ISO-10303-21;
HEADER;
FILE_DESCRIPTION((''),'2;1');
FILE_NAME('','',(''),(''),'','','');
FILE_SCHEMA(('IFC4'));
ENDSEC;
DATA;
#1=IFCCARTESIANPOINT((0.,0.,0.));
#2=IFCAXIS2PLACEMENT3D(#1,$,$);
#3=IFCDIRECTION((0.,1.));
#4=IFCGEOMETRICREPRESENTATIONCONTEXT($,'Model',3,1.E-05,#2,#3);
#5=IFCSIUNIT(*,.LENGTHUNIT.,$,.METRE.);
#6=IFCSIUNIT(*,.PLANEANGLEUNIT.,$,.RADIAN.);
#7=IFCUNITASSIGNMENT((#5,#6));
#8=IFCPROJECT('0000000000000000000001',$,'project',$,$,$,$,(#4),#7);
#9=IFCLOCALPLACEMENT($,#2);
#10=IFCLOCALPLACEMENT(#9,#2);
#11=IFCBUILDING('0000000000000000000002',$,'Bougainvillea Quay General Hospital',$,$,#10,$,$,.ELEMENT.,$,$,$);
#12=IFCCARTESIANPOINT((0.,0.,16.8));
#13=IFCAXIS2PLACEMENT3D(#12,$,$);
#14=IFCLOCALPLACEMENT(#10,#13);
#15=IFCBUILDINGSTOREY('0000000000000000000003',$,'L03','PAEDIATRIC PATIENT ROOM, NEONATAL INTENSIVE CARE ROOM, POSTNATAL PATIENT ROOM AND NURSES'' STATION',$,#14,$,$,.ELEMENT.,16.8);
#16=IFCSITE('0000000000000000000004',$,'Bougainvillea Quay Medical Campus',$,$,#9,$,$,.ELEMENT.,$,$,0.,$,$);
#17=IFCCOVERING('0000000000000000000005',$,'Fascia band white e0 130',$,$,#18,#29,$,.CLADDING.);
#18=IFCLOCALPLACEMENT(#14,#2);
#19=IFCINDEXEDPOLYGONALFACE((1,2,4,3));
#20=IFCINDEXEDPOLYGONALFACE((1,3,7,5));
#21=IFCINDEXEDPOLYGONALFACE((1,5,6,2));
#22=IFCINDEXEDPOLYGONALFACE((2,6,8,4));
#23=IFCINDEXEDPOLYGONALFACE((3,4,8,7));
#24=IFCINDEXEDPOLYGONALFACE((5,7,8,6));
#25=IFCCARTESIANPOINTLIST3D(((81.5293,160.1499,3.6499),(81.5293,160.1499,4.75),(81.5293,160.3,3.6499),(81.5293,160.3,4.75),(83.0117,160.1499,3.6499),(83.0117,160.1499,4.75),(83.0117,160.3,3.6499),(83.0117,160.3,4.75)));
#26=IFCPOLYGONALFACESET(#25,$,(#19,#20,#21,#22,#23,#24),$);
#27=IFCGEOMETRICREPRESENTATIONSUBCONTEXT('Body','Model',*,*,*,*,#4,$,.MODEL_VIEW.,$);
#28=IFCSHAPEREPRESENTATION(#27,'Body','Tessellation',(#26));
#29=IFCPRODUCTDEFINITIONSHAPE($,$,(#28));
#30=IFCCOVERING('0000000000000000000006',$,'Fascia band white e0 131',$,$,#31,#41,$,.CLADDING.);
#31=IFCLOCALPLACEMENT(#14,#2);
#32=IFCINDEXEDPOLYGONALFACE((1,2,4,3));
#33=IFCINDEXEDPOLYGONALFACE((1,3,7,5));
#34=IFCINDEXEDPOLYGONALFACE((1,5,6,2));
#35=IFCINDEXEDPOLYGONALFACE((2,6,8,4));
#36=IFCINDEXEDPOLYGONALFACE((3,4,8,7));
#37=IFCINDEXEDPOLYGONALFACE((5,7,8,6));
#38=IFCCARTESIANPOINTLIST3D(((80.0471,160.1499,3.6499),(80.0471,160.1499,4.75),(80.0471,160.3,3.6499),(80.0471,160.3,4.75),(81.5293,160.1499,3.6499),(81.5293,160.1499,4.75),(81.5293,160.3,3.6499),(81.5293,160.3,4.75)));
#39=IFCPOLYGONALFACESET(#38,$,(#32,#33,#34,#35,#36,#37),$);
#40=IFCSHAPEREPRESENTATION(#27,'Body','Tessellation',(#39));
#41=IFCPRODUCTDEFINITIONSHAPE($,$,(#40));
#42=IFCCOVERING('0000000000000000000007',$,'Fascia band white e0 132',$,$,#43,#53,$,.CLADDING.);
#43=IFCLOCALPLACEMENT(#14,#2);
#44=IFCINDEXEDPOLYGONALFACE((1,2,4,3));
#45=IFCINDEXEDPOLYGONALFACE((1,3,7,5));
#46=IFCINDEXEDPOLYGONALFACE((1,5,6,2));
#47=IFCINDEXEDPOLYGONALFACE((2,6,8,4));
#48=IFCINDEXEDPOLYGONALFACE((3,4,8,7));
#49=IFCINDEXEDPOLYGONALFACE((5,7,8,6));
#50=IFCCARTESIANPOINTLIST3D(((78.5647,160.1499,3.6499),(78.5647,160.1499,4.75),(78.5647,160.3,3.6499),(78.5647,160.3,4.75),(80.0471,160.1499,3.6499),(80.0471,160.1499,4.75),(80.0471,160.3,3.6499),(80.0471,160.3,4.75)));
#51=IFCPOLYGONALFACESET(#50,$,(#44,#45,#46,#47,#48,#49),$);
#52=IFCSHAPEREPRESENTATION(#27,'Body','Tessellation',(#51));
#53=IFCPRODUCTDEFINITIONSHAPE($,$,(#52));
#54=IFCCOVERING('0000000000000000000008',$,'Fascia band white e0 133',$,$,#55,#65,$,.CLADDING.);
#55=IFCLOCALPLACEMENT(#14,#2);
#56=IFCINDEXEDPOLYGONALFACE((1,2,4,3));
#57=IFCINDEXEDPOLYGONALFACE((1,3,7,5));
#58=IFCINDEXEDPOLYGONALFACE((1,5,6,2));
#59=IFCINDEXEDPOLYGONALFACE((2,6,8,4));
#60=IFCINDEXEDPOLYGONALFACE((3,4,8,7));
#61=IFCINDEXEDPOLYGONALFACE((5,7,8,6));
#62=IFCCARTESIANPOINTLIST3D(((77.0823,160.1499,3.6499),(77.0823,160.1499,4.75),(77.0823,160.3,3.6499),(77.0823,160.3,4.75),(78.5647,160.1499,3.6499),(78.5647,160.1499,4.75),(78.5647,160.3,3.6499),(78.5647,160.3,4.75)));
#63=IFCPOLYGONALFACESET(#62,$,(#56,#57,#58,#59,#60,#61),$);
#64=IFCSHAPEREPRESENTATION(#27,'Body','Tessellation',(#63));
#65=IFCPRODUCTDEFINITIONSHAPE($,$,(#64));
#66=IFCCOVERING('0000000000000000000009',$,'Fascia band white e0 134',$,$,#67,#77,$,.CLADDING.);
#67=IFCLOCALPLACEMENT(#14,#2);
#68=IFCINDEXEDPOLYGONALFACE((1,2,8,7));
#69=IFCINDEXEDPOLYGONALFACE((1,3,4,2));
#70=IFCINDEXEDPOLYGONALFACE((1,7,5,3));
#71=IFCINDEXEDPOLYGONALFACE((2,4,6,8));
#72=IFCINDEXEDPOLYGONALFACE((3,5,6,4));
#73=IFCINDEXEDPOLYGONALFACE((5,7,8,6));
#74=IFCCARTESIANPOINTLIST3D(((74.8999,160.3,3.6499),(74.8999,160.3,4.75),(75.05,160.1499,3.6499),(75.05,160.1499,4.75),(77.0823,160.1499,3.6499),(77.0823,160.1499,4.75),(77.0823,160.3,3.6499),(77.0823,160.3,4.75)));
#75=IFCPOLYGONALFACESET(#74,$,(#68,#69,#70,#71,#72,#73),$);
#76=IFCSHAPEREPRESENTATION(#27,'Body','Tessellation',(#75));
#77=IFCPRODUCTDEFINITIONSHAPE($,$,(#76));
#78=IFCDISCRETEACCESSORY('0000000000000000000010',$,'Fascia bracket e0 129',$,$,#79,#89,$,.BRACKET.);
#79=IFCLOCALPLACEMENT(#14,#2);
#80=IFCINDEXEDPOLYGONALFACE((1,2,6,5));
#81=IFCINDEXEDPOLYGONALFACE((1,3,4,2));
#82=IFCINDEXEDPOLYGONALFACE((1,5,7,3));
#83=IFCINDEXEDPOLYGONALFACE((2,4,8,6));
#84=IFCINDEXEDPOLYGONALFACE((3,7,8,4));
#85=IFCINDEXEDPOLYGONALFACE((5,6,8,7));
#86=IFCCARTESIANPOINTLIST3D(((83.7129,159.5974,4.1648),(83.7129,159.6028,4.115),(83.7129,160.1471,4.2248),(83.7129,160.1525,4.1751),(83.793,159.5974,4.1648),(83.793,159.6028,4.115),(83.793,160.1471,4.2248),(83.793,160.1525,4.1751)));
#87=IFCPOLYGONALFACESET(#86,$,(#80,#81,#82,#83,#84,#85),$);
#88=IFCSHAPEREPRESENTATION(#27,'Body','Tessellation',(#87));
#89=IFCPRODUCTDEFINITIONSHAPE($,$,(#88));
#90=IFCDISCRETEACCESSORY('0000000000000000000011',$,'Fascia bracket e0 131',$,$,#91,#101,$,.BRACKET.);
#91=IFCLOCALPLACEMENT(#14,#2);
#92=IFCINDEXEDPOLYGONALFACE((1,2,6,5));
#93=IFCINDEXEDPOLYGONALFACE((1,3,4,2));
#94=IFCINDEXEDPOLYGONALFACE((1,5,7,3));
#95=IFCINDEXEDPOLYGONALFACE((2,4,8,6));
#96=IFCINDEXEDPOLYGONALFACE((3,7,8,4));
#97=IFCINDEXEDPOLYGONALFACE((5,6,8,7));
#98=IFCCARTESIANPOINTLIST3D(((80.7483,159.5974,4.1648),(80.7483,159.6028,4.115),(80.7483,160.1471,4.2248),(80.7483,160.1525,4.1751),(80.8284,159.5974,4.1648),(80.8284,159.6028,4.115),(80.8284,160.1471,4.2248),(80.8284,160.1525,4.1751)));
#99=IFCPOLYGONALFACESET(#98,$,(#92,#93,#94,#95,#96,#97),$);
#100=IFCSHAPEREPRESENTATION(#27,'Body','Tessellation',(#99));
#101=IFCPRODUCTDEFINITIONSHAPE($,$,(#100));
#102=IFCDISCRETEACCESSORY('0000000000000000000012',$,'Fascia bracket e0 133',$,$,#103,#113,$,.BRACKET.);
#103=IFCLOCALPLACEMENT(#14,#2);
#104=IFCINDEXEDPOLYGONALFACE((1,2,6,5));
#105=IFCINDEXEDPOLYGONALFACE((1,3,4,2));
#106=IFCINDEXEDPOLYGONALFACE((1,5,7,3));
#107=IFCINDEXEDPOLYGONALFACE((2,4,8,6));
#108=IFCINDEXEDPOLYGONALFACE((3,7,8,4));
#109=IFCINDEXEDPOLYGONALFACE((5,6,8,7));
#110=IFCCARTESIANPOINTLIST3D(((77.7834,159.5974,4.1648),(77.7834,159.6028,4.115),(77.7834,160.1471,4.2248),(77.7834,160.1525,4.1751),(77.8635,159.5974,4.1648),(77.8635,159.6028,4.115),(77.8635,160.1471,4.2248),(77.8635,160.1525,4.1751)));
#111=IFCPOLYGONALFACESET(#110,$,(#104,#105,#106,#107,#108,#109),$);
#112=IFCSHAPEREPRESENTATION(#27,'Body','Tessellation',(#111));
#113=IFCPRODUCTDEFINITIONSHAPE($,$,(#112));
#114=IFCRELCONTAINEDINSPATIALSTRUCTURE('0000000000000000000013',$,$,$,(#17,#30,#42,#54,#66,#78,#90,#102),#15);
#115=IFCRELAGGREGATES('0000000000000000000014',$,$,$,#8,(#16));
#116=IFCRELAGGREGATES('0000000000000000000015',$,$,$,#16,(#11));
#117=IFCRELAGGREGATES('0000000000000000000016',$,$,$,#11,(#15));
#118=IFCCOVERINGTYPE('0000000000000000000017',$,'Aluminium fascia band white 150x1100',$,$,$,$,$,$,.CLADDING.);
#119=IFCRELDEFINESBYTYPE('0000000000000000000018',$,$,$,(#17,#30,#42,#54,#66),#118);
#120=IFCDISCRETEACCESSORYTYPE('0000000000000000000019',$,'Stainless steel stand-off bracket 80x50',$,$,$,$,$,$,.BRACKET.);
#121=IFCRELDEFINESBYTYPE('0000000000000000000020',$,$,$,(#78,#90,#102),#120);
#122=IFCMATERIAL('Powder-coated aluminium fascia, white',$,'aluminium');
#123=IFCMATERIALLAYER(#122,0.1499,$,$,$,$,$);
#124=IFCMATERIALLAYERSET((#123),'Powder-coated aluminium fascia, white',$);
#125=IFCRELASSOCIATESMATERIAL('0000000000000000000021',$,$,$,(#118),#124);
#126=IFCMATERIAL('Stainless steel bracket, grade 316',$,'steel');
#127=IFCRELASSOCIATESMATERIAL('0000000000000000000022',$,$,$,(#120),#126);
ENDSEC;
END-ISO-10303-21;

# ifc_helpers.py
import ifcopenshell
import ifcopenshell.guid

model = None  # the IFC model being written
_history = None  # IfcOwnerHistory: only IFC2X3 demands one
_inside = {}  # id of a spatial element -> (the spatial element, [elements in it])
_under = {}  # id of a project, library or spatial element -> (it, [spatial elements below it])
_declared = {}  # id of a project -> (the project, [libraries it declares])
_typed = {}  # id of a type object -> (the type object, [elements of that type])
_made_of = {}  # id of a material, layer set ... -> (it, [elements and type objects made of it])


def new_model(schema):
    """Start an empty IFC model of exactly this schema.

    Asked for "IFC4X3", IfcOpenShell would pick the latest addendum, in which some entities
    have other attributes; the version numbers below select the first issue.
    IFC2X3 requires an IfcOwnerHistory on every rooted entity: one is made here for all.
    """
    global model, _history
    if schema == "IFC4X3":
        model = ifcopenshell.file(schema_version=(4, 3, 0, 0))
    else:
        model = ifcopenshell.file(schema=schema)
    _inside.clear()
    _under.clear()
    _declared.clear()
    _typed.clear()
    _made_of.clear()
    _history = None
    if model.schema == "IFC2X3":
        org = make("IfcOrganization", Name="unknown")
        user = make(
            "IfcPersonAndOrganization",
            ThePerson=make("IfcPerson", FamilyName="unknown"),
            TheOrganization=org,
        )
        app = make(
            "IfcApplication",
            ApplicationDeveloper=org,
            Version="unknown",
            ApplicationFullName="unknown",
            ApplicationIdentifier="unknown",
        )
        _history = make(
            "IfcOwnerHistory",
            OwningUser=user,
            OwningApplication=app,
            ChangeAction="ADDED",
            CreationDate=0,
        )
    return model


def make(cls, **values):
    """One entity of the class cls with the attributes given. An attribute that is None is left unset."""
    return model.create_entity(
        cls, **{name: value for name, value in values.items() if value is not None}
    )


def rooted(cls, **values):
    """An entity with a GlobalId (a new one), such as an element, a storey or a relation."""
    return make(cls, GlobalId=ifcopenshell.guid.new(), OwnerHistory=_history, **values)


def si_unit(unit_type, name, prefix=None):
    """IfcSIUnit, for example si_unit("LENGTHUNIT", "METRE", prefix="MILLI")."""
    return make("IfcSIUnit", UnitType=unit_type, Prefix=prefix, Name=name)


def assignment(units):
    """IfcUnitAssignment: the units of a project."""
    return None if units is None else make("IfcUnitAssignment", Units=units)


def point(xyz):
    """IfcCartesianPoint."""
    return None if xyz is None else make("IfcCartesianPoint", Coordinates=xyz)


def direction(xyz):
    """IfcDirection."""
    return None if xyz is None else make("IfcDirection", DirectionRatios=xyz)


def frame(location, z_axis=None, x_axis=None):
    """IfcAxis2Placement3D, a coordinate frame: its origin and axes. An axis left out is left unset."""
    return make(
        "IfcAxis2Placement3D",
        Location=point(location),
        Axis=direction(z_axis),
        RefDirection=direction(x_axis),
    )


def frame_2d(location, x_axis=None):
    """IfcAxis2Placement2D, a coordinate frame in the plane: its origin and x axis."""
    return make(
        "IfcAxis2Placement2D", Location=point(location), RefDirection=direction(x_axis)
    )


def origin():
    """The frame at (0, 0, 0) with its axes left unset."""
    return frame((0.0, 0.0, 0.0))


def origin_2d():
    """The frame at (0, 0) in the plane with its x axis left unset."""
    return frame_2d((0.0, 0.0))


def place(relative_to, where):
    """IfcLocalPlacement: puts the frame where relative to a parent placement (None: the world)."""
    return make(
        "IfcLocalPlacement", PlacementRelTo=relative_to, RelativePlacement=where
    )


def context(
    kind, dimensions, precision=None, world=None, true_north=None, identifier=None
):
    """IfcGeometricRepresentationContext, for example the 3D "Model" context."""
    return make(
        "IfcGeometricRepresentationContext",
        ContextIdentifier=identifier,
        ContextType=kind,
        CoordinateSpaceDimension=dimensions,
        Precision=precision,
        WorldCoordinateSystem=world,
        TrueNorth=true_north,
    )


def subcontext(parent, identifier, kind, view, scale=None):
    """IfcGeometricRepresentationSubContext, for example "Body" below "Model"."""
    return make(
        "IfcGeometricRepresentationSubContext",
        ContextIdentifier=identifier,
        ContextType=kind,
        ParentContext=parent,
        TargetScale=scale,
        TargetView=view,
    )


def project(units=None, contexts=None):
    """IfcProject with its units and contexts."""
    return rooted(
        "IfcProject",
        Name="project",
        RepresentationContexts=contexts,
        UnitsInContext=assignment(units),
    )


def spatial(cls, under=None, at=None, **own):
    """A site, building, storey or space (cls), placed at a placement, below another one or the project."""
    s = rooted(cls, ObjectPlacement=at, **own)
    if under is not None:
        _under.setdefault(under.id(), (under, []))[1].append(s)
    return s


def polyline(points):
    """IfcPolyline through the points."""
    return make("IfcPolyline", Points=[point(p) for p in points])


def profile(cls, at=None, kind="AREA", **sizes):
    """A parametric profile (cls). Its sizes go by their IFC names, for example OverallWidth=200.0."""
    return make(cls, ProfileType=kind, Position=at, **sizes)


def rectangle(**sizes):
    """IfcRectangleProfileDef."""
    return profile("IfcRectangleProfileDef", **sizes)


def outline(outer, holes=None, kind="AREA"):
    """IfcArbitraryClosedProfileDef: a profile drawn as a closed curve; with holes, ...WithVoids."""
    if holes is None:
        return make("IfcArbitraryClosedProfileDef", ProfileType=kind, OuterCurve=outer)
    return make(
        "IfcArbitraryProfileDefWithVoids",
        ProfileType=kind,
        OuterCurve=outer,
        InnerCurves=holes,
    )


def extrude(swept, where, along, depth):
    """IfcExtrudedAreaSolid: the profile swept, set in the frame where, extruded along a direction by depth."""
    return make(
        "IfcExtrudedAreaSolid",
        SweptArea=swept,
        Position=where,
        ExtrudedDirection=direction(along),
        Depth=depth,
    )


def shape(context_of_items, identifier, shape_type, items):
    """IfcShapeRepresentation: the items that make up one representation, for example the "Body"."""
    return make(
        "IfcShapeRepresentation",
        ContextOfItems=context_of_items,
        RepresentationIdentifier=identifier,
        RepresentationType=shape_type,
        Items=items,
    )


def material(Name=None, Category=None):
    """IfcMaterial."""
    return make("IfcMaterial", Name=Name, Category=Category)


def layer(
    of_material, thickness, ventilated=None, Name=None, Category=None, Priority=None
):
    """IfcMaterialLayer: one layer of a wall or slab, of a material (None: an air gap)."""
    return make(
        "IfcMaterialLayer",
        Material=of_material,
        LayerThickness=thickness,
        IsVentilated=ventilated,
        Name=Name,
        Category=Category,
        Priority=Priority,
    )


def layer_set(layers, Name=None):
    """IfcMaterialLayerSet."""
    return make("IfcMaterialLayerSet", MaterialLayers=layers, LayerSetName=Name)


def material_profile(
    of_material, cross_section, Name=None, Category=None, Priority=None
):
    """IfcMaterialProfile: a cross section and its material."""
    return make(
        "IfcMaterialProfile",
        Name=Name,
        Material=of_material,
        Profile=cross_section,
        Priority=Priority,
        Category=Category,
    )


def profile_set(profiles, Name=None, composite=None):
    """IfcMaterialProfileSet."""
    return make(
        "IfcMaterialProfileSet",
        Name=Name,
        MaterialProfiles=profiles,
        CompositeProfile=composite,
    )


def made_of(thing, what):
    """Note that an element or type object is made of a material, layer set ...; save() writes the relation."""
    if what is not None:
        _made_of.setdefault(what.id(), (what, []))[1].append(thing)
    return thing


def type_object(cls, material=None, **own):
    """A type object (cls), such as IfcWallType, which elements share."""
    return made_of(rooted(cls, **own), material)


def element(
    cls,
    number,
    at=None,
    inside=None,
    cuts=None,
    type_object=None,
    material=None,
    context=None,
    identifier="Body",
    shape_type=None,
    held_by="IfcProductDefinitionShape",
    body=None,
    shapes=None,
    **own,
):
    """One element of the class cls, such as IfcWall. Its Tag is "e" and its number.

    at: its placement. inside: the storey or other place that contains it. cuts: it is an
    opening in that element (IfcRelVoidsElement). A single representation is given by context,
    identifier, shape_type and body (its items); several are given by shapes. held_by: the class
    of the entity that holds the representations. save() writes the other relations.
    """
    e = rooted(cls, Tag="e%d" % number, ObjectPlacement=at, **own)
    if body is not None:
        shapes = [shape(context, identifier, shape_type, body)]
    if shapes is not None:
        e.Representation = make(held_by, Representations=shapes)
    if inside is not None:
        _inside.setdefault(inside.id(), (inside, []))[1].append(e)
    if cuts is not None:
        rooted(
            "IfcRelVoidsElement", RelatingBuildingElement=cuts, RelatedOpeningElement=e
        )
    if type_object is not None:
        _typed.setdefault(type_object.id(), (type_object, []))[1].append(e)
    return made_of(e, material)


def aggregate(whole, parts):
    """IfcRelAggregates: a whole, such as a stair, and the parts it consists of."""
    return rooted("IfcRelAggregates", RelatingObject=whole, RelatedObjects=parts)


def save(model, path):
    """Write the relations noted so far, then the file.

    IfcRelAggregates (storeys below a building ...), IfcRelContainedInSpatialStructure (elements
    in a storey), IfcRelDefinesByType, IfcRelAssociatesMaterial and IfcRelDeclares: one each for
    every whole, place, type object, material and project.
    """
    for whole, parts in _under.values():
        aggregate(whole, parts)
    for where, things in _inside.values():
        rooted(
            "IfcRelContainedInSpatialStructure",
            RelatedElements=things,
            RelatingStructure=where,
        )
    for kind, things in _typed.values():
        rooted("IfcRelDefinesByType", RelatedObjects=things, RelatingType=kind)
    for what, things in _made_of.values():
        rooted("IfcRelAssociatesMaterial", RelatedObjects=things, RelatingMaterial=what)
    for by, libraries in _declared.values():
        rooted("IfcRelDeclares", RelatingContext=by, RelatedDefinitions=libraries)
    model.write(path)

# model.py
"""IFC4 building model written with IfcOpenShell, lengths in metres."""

from ifc_helpers import new_model, si_unit, direction, frame, origin, origin_2d, place, context, subcontext, project, spatial, polyline, rectangle, outline, extrude, material, layer, layer_set, material_profile, profile_set, type_object, element, save


model = new_model("IFC4")

# Units and contexts
model_context = context("Model", 3, precision=1e-05, world=origin(), true_north=direction((0.0, 1.0)))
body_context = subcontext(model_context, "Body", "Model", "MODEL_VIEW")
ifc_project = project(units=[si_unit("LENGTHUNIT", "METRE"), si_unit("PLANEANGLEUNIT", "RADIAN")], contexts=[model_context])

# Site, building, storey
site_placement = place(None, origin())
site = spatial("IfcSite", under=ifc_project, at=site_placement, Name="Bougainvillea Quay Medical Campus", CompositionType="ELEMENT", RefElevation=0.0)
building_placement = place(site_placement, origin())
building = spatial("IfcBuilding", under=site, at=building_placement, Name="Bougainvillea Quay General Hospital", CompositionType="ELEMENT")
storey_placement = place(building_placement, frame((0.0, 0.0, 16.8)))
storey = spatial("IfcBuildingStorey", under=building, at=storey_placement, Name="L03", Description="PAEDIATRIC PATIENT ROOM, NEONATAL INTENSIVE CARE ROOM, POSTNATAL PATIENT ROOM AND NURSES' STATION", CompositionType="ELEMENT", Elevation=16.8)

# Coverings
ifc_material_1 = material(Name="Powder-coated aluminium fascia, white", Category="aluminium")
ifc_layer_1 = layer(ifc_material_1, 0.1499)
ifc_layer_set_1 = layer_set([ifc_layer_1], Name="Powder-coated aluminium fascia, white")
covering_type = type_object("IfcCoveringType", Name="Aluminium fascia band white 150x1100", PredefinedType="CLADDING", material=ifc_layer_set_1)
covering_1_placement = place(storey_placement, frame((83.0117, 160.1499, 3.6499), z_axis=(0.0, 0.0, 1.0), x_axis=(-1.0, 0.0, 0.0)))
element("IfcCovering", 1, at=covering_1_placement, inside=storey, type_object=covering_type, Name="Fascia band white e0 130", PredefinedType="CLADDING", context=body_context, shape_type="SweptSolid", body=[
    extrude(outline(polyline([(0.0, 0.0), (1.4824, 0.0), (1.4824, -0.1501), (0.0, -0.1501), (0.0, 0.0)])), origin(), (0.0, 0.0, 1.0), 1.1001),
])
covering_2_placement = place(storey_placement, frame((81.5293, 160.1499, 3.6499), z_axis=(0.0, 0.0, 1.0), x_axis=(-1.0, 0.0, 0.0)))
element("IfcCovering", 2, at=covering_2_placement, inside=storey, type_object=covering_type, Name="Fascia band white e0 131", PredefinedType="CLADDING", context=body_context, shape_type="SweptSolid", body=[
    extrude(outline(polyline([(0.0, 0.0), (1.4822, 0.0), (1.4822, -0.1501), (0.0, -0.1501), (0.0, 0.0)])), origin(), (0.0, 0.0, 1.0), 1.1001),
])
for number, where, z_axis, x_axis, name in (
    (3, (80.0471, 160.1499, 3.6499), (0.0, 0.0, 1.0), (-1.0, 0.0, 0.0), "Fascia band white e0 132"),
    (4, (78.5647, 160.1499, 3.6499), (0.0, 0.0, 1.0), (-1.0, 0.0, 0.0), "Fascia band white e0 133"),
):
    element("IfcCovering", number, at=place(storey_placement, frame(where, z_axis=z_axis, x_axis=x_axis)), inside=storey, type_object=covering_type, Name=name, PredefinedType="CLADDING", context=body_context, shape_type="SweptSolid", body=[
        extrude(outline(polyline([(0.0, 0.0), (1.4824, 0.0), (1.4824, -0.1501), (0.0, -0.1501), (0.0, 0.0)])), origin(), (0.0, 0.0, 1.0), 1.1001),
    ])
covering_3_placement = place(storey_placement, frame((77.0823, 160.1499, 3.6499), z_axis=(0.0, 0.0, 1.0), x_axis=(-1.0, 0.0, 0.0)))
element("IfcCovering", 5, at=covering_3_placement, inside=storey, type_object=covering_type, Name="Fascia band white e0 134", PredefinedType="CLADDING", context=body_context, shape_type="SweptSolid", body=[
    extrude(outline(polyline([(0.0, 0.0), (2.0322, 0.0), (2.1824, -0.1501), (0.0, -0.1501), (0.0, 0.0)])), origin(), (0.0, 0.0, 1.0), 1.1001),
])

# Discrete accessories
ifc_material_2 = material(Name="Stainless steel bracket, grade 316", Category="steel")
ifc_material_profile_1 = material_profile(ifc_material_2, rectangle(XDim=0.0801, YDim=0.05, at=origin_2d()))
ifc_profile_set_1 = profile_set([ifc_material_profile_1], Name="Stainless steel bracket, grade 316")
discrete_accessory_type = type_object("IfcDiscreteAccessoryType", Name="Stainless steel stand-off bracket 80x50", PredefinedType="BRACKET", material=ifc_profile_set_1)
for number, where, z_axis, x_axis, name in (
    (6, (83.7529, 159.6001, 4.1399), (0.0, 0.994087, 0.10859), (-1.0, 0.0, 0.0), "Fascia bracket e0 129"),
    (7, (80.7883, 159.6001, 4.1399), (0.0, 0.994087, 0.10859), (-1.0, 0.0, 0.0), "Fascia bracket e0 131"),
    (8, (77.8235, 159.6001, 4.1399), (0.0, 0.994087, 0.10859), (-1.0, 0.0, 0.0), "Fascia bracket e0 133"),
):
    element("IfcDiscreteAccessory", number, at=place(storey_placement, frame(where, z_axis=z_axis, x_axis=x_axis)), inside=storey, type_object=discrete_accessory_type, Name=name, PredefinedType="BRACKET", context=body_context, shape_type="SweptSolid", body=[
        extrude(rectangle(XDim=0.0801, YDim=0.05, at=origin_2d()), origin(), (0.0, 0.0, 1.0), 0.553),
    ])

save(model, "model.ifc")
